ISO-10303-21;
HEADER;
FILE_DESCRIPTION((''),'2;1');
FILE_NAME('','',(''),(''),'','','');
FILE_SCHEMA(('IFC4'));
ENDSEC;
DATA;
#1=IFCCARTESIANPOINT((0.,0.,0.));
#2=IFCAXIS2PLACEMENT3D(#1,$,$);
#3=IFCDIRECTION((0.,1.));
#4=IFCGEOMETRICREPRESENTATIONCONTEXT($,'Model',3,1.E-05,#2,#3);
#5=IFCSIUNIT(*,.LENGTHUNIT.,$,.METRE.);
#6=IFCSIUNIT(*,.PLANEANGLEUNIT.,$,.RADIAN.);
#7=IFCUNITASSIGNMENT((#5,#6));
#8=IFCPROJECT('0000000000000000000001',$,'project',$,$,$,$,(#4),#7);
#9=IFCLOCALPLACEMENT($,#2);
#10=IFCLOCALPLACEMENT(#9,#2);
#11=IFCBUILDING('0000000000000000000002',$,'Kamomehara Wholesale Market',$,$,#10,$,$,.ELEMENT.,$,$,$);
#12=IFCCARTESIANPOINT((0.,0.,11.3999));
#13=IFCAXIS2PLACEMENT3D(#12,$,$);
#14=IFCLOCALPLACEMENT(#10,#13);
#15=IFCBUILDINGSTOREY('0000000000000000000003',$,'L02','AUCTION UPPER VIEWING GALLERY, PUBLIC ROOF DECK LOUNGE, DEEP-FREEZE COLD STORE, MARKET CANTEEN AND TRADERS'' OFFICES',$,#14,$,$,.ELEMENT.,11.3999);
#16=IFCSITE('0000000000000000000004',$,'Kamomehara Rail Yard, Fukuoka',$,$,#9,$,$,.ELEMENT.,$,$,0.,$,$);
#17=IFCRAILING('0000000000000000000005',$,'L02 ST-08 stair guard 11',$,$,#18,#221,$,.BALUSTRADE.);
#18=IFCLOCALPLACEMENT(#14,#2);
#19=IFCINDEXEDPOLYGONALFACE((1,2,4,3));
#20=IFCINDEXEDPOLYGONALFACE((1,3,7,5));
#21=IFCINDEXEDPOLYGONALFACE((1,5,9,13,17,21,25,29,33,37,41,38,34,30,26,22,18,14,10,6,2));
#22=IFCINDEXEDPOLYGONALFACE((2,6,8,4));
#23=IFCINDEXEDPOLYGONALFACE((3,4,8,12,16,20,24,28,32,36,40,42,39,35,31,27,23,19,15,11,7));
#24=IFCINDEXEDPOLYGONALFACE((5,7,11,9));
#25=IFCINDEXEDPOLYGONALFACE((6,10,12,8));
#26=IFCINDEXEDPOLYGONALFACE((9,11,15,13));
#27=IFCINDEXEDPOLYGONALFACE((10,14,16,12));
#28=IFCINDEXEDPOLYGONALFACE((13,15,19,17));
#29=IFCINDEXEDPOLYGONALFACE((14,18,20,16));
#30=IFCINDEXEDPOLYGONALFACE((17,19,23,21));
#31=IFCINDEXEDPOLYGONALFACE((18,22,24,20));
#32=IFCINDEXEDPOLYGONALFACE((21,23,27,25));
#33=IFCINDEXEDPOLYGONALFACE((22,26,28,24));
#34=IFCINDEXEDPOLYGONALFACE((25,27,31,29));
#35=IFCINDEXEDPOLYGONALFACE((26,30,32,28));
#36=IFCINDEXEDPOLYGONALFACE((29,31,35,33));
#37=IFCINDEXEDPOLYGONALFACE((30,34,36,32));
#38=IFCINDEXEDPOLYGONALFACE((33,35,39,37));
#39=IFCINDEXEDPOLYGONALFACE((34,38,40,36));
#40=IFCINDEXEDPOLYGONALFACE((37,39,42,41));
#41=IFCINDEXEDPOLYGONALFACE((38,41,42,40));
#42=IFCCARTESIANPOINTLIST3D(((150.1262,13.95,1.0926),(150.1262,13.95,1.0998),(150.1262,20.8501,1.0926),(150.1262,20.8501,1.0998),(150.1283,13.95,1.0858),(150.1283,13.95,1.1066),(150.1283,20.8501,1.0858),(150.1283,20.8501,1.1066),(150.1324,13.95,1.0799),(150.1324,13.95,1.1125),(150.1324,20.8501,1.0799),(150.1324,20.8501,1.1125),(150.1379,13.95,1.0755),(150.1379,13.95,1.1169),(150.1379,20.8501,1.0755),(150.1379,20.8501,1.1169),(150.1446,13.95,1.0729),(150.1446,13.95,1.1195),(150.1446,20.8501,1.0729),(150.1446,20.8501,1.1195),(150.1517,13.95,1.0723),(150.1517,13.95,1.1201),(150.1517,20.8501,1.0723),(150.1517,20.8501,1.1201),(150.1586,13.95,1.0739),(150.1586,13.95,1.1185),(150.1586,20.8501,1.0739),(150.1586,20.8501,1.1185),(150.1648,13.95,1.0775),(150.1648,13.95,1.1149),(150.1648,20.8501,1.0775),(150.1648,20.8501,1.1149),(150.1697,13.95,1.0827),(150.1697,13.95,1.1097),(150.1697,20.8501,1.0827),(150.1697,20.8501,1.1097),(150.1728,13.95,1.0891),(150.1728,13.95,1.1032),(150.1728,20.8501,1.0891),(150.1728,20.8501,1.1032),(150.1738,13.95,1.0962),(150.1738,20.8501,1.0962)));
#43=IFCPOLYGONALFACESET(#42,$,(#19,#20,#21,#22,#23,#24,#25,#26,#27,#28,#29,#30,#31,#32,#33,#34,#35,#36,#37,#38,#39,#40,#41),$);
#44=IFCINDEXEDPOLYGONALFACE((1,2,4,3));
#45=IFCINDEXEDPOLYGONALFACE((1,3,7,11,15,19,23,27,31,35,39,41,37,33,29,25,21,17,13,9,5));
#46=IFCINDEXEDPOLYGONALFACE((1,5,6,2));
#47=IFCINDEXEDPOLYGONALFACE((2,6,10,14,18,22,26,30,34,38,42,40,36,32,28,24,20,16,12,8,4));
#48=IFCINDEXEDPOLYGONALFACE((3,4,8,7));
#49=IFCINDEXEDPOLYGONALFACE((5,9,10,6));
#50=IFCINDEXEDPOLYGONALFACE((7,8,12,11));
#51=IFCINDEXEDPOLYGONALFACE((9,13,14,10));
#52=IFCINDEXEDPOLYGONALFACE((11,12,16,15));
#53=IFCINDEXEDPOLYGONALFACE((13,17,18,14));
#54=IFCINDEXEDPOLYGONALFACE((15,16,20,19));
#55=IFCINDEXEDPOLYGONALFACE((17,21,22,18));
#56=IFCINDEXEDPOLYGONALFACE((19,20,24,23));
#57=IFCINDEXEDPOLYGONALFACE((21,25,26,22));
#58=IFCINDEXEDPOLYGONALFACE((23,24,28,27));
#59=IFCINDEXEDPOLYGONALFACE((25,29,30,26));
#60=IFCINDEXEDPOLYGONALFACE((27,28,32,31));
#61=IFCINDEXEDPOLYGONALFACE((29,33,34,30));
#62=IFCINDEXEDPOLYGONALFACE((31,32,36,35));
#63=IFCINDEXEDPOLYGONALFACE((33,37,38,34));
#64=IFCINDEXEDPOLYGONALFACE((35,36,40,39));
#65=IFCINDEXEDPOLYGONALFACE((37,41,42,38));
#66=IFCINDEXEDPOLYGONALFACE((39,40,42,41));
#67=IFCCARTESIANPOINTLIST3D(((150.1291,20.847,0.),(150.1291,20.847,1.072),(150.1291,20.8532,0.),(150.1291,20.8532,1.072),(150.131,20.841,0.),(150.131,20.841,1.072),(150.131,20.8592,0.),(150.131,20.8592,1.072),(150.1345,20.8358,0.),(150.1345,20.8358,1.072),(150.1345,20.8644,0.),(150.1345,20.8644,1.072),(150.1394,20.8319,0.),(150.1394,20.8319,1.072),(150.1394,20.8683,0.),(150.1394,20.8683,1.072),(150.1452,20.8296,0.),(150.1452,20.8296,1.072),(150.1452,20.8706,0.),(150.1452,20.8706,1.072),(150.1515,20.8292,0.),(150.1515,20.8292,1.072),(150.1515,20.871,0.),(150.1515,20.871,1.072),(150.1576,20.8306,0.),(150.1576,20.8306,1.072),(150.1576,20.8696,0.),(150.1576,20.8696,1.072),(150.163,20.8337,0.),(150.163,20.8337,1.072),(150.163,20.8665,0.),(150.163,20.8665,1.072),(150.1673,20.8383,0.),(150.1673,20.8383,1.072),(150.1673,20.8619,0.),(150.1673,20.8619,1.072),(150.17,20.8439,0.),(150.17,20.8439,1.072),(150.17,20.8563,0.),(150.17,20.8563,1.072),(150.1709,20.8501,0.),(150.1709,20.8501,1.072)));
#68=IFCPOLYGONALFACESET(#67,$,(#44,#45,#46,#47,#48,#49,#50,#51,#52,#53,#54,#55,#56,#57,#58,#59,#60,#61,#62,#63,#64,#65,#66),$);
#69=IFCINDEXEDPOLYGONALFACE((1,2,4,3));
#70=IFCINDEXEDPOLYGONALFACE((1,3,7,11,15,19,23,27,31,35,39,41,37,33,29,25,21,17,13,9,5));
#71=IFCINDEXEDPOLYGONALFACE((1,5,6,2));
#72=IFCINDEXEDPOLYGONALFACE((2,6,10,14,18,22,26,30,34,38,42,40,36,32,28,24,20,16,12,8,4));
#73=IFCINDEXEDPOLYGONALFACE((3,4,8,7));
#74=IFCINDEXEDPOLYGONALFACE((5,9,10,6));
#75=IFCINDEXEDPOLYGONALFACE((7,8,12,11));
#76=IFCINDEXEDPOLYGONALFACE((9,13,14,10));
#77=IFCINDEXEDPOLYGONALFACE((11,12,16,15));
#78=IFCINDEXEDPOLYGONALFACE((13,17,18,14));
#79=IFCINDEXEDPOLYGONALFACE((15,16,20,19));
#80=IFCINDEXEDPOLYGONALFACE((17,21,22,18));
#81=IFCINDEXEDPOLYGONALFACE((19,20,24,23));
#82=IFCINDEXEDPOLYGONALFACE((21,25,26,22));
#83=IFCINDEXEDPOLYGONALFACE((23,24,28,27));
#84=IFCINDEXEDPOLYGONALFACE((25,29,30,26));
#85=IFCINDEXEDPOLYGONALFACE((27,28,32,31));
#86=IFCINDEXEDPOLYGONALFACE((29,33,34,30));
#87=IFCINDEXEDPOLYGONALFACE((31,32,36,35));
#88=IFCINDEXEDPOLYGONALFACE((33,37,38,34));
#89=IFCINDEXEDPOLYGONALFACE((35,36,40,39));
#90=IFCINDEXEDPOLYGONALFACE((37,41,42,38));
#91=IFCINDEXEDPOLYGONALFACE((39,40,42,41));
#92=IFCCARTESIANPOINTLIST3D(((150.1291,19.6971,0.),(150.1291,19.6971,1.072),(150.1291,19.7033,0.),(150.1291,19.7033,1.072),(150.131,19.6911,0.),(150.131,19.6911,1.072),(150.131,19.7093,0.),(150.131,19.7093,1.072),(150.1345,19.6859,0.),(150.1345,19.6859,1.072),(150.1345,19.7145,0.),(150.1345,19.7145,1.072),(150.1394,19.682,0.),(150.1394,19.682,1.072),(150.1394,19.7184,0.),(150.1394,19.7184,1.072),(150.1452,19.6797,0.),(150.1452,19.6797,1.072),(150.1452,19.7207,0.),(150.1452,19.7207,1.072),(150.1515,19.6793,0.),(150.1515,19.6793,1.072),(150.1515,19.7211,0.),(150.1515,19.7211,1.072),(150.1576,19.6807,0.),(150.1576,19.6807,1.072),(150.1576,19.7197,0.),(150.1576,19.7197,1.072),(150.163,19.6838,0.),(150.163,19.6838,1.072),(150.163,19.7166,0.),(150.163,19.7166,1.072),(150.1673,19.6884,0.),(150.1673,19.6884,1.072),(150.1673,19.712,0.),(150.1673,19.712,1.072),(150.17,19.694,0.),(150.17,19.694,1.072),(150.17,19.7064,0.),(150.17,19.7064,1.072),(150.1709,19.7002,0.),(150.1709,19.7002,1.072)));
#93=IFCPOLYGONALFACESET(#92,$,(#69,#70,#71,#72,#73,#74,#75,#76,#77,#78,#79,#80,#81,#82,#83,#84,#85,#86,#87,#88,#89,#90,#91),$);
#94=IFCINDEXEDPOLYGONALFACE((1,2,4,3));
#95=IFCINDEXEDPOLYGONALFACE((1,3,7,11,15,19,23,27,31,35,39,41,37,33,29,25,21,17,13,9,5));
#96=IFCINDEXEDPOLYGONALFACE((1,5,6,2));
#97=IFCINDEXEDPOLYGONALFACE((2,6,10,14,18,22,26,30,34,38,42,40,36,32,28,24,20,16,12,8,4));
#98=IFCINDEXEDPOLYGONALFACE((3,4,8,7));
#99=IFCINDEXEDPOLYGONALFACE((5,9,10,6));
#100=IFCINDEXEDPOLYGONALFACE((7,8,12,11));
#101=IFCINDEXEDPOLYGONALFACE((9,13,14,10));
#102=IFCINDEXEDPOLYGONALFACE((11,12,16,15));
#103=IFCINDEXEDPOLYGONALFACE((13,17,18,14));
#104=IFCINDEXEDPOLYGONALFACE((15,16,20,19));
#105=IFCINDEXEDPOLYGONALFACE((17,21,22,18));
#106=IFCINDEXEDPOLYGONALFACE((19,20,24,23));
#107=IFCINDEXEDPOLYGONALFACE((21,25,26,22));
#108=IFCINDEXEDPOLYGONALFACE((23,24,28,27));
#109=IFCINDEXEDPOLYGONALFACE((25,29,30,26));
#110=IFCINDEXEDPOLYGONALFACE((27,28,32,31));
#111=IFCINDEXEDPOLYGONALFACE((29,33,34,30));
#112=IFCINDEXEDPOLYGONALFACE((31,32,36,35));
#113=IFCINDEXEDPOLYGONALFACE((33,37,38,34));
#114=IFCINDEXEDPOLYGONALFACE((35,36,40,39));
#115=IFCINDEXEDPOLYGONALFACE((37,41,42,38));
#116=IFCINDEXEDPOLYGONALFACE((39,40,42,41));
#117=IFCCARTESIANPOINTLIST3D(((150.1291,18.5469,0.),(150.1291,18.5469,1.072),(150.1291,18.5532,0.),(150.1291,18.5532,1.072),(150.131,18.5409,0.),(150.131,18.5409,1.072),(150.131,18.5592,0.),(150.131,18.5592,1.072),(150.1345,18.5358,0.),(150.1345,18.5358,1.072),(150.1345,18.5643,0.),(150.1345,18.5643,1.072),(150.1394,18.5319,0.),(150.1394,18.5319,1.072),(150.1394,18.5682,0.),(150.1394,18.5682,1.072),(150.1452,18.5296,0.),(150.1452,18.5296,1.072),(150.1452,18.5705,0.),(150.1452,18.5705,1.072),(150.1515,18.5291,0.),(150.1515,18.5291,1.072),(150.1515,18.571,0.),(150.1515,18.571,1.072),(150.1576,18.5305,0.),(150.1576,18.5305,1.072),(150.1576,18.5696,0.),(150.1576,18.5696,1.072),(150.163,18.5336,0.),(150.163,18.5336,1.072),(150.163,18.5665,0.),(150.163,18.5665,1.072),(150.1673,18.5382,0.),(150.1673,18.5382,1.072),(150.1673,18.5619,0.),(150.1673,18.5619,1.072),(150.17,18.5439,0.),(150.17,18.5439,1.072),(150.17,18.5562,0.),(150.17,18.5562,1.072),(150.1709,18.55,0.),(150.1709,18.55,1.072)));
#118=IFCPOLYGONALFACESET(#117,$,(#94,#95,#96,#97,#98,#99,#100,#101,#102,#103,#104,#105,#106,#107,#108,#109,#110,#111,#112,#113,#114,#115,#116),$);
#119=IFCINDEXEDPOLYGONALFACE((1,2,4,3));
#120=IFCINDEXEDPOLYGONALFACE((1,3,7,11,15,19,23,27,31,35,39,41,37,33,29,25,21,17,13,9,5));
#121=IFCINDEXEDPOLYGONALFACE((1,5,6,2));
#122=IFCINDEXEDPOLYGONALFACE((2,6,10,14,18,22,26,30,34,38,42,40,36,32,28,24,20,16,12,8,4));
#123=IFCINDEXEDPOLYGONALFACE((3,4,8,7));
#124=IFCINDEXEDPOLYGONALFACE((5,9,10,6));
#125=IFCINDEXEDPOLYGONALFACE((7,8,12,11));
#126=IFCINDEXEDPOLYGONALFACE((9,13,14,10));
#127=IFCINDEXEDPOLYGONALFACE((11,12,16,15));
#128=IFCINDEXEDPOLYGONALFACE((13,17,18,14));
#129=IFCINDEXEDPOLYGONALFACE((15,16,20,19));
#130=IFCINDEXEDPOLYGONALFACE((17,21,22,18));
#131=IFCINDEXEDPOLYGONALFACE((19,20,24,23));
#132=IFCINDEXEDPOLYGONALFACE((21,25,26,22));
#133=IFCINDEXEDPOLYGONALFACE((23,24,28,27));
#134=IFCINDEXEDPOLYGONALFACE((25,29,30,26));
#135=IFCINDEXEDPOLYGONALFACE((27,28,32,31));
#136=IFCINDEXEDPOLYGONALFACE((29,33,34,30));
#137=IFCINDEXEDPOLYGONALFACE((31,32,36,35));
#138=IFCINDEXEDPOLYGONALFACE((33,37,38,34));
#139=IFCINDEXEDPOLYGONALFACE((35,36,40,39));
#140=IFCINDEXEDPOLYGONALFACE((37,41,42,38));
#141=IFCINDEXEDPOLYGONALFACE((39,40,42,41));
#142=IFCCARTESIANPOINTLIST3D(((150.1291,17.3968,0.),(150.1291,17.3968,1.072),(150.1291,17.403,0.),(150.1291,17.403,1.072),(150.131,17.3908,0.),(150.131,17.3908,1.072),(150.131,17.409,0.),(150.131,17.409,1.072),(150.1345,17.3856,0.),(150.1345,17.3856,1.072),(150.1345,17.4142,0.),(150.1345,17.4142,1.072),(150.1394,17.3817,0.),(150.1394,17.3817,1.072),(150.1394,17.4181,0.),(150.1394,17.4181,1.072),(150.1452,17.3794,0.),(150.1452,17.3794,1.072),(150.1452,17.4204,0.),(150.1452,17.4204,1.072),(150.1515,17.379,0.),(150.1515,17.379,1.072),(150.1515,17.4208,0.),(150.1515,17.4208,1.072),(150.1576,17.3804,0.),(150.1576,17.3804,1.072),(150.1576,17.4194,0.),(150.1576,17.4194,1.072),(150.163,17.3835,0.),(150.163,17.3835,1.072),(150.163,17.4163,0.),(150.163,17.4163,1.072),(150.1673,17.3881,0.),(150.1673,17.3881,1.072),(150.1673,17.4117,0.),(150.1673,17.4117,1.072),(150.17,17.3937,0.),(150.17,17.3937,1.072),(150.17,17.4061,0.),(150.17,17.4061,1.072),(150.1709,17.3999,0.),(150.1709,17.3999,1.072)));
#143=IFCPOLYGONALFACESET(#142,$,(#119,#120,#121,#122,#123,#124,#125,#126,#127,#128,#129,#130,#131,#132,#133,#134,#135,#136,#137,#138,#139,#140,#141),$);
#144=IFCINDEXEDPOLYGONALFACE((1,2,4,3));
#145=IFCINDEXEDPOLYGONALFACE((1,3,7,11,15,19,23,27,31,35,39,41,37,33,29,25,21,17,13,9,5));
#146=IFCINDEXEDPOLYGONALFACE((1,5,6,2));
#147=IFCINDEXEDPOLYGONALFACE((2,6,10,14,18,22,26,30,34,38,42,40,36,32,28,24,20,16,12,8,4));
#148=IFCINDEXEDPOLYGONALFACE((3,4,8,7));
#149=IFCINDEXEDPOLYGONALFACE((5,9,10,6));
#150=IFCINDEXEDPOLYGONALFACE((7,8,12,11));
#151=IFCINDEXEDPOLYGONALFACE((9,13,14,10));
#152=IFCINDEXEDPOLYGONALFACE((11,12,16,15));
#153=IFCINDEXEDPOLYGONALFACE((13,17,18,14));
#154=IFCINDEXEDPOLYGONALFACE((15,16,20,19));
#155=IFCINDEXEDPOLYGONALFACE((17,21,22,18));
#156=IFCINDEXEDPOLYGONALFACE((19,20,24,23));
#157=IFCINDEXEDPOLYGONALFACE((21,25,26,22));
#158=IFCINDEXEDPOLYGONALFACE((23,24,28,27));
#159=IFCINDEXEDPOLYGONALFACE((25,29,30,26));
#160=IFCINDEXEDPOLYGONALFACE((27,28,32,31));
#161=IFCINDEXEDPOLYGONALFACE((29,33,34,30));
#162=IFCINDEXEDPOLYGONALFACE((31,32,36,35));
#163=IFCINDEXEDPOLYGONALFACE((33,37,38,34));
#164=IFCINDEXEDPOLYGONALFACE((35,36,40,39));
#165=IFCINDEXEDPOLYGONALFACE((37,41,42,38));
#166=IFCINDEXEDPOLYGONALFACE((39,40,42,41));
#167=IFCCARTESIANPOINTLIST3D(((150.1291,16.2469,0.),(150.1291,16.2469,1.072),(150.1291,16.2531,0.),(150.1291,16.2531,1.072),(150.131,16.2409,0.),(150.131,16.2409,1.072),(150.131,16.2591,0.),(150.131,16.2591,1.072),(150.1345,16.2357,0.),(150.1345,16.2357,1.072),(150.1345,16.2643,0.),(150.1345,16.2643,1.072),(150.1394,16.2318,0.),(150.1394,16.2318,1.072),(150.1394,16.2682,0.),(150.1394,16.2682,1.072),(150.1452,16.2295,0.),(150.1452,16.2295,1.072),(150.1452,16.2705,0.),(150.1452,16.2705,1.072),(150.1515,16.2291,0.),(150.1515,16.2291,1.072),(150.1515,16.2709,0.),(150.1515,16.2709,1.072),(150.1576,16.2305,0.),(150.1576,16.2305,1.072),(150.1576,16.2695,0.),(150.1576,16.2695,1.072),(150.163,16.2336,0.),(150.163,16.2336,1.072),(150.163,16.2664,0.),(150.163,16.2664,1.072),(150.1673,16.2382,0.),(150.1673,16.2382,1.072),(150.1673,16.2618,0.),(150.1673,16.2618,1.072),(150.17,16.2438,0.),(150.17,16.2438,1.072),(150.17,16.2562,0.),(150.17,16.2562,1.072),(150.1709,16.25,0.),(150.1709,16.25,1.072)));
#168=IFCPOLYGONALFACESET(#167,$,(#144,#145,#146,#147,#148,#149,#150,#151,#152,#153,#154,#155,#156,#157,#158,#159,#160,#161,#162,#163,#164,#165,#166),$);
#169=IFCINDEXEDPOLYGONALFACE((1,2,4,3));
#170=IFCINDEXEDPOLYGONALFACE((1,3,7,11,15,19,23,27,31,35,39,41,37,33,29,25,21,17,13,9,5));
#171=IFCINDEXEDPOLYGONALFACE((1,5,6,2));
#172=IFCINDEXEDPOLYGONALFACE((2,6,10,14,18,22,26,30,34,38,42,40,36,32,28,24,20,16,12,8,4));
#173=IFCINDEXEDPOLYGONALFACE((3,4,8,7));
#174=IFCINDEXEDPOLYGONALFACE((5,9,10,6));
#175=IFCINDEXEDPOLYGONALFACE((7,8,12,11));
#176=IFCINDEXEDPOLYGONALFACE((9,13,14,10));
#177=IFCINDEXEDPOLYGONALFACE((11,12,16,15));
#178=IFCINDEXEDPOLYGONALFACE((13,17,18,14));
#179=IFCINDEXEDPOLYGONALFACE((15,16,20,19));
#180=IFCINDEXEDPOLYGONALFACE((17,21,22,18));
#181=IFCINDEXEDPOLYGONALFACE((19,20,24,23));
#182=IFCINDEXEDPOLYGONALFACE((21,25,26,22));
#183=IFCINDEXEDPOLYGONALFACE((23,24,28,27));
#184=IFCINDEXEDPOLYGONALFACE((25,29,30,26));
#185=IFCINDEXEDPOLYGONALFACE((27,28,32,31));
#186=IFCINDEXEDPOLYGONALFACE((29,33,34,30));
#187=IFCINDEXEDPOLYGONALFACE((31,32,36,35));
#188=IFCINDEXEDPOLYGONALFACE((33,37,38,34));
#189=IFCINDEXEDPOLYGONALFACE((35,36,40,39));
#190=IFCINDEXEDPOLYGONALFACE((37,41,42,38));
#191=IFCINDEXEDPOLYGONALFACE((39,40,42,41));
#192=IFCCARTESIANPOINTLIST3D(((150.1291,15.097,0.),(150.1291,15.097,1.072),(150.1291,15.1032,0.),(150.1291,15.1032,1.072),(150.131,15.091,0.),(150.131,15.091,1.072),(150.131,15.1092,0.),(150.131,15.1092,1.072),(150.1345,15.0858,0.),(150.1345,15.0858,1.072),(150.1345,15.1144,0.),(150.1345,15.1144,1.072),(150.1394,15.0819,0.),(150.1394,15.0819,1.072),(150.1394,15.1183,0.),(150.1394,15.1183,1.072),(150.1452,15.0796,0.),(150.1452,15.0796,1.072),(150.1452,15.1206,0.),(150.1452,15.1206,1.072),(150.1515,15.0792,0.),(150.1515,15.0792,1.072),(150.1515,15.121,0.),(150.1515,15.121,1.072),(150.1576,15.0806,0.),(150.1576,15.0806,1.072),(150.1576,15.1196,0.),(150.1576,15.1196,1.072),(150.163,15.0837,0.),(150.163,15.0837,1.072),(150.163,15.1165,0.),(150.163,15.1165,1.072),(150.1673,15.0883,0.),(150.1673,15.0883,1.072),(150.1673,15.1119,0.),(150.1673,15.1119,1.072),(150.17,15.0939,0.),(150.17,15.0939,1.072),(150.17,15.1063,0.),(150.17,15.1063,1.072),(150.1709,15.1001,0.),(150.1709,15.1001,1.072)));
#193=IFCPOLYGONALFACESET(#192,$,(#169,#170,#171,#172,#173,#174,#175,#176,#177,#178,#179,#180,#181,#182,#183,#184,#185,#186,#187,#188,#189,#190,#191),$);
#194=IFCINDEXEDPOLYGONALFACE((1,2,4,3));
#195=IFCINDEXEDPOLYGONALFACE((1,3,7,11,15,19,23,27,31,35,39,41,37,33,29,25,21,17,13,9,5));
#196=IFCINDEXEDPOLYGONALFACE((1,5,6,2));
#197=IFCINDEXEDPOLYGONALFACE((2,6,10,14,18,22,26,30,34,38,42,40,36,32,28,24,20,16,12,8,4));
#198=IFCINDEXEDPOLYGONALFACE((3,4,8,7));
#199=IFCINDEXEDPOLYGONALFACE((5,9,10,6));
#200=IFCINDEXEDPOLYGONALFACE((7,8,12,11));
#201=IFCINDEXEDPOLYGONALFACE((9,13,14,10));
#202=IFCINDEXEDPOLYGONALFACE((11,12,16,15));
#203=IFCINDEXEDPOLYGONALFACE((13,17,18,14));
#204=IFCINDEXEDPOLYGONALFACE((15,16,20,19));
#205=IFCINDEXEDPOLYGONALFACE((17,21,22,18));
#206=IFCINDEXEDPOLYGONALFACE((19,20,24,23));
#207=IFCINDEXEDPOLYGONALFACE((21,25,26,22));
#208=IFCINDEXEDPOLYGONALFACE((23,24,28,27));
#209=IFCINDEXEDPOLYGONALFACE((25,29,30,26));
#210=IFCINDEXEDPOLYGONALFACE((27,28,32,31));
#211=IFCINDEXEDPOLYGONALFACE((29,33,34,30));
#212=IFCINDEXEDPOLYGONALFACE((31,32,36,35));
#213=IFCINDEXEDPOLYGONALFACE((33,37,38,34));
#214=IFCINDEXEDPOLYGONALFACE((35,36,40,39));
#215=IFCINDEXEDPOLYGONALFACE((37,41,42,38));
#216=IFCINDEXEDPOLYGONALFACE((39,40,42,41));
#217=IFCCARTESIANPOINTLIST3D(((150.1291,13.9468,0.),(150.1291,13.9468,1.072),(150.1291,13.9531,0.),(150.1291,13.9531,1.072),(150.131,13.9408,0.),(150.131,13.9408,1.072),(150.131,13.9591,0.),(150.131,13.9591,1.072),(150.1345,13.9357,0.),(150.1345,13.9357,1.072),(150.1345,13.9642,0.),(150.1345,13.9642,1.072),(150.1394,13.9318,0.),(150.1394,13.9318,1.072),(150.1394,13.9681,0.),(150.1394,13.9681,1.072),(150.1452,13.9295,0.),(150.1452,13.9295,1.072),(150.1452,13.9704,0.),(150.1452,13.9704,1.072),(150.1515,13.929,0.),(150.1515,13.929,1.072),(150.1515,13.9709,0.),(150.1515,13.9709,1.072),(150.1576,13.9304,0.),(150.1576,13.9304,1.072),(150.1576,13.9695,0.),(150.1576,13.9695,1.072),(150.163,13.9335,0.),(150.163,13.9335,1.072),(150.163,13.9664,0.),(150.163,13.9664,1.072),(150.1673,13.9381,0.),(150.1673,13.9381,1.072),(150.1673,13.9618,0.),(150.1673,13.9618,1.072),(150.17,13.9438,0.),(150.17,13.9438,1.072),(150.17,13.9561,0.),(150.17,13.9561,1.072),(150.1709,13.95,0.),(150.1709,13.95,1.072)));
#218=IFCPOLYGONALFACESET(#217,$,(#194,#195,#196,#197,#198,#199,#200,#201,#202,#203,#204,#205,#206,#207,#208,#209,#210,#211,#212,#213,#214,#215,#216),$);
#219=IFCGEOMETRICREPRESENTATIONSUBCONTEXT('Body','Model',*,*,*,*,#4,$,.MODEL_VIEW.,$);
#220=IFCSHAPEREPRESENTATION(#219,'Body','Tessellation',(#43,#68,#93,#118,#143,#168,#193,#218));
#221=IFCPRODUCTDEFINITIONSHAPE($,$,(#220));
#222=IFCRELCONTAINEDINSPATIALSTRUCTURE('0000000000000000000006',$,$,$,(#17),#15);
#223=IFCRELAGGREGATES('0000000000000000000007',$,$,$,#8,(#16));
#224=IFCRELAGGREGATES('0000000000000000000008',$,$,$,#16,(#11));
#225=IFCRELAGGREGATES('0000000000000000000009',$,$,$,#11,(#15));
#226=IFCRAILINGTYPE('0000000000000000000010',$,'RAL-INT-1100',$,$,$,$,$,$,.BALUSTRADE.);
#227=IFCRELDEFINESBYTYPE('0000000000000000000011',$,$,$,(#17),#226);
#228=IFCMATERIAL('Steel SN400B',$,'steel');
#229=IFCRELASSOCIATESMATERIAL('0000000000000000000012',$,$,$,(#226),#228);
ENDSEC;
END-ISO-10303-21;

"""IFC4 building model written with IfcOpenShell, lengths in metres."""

from ifc_helpers import new_model, si_unit, direction, frame, origin, origin_2d, place, context, subcontext, project, spatial, circle, extrude, material, type_object, element, save


model = new_model("IFC4")

# Units and contexts
model_context = context("Model", 3, precision=1e-05, world=origin(), true_north=direction((0.0, 1.0)))
body_context = subcontext(model_context, "Body", "Model", "MODEL_VIEW")
ifc_project = project(units=[si_unit("LENGTHUNIT", "METRE"), si_unit("PLANEANGLEUNIT", "RADIAN")], contexts=[model_context])

# Site, building, storey
site_placement = place(None, origin())
site = spatial("IfcSite", under=ifc_project, at=site_placement, Name="Kamomehara Rail Yard, Fukuoka", CompositionType="ELEMENT", RefElevation=0.0)
building_placement = place(site_placement, origin())
building = spatial("IfcBuilding", under=site, at=building_placement, Name="Kamomehara Wholesale Market", CompositionType="ELEMENT")
storey_placement = place(building_placement, frame((0.0, 0.0, 11.3999)))
storey = spatial("IfcBuildingStorey", under=building, at=storey_placement, Name="L02", Description="AUCTION UPPER VIEWING GALLERY, PUBLIC ROOF DECK LOUNGE, DEEP-FREEZE COLD STORE, MARKET CANTEEN AND TRADERS' OFFICES", CompositionType="ELEMENT", Elevation=11.3999)

# Railing
ifc_material_1 = material(Name="Steel SN400B", Category="steel")
railing_type_1 = type_object("IfcRailingType", Name="RAL-INT-1100", PredefinedType="BALUSTRADE", material=ifc_material_1)
railing_1_placement = place(storey_placement, frame((150.1499, 20.8501, 0.0)))
element("IfcRailing", 1, at=railing_1_placement, inside=storey, type_object=railing_type_1, Name="L02 ST-08 stair guard 11", PredefinedType="BALUSTRADE", context=body_context, shape_type="SweptSolid", body=[
    extrude(circle(Radius=0.0239, at=origin_2d()), frame((0.0, 0.0, 1.0962), z_axis=(0.0, -1.0, 0.0), x_axis=(1.0, 0.0, 0.0)), (0.0, 0.0, 1.0), 6.9001),
    extrude(circle(Radius=0.021, at=origin_2d()), origin(), (0.0, 0.0, 1.0), 1.072),
    extrude(circle(Radius=0.021, at=origin_2d()), frame((0.0, -1.1499, 0.0)), (0.0, 0.0, 1.0), 1.072),
    extrude(circle(Radius=0.021, at=origin_2d()), frame((0.0, -2.3, 0.0)), (0.0, 0.0, 1.0), 1.072),
    extrude(circle(Radius=0.021, at=origin_2d()), frame((0.0, -3.4502, 0.0)), (0.0, 0.0, 1.0), 1.072),
    extrude(circle(Radius=0.021, at=origin_2d()), frame((0.0, -4.6001, 0.0)), (0.0, 0.0, 1.0), 1.072),
    extrude(circle(Radius=0.021, at=origin_2d()), frame((0.0, -5.75, 0.0)), (0.0, 0.0, 1.0), 1.072),
    extrude(circle(Radius=0.021, at=origin_2d()), frame((0.0, -6.9001, 0.0)), (0.0, 0.0, 1.0), 1.072),
])

save(model, "model.ifc")
